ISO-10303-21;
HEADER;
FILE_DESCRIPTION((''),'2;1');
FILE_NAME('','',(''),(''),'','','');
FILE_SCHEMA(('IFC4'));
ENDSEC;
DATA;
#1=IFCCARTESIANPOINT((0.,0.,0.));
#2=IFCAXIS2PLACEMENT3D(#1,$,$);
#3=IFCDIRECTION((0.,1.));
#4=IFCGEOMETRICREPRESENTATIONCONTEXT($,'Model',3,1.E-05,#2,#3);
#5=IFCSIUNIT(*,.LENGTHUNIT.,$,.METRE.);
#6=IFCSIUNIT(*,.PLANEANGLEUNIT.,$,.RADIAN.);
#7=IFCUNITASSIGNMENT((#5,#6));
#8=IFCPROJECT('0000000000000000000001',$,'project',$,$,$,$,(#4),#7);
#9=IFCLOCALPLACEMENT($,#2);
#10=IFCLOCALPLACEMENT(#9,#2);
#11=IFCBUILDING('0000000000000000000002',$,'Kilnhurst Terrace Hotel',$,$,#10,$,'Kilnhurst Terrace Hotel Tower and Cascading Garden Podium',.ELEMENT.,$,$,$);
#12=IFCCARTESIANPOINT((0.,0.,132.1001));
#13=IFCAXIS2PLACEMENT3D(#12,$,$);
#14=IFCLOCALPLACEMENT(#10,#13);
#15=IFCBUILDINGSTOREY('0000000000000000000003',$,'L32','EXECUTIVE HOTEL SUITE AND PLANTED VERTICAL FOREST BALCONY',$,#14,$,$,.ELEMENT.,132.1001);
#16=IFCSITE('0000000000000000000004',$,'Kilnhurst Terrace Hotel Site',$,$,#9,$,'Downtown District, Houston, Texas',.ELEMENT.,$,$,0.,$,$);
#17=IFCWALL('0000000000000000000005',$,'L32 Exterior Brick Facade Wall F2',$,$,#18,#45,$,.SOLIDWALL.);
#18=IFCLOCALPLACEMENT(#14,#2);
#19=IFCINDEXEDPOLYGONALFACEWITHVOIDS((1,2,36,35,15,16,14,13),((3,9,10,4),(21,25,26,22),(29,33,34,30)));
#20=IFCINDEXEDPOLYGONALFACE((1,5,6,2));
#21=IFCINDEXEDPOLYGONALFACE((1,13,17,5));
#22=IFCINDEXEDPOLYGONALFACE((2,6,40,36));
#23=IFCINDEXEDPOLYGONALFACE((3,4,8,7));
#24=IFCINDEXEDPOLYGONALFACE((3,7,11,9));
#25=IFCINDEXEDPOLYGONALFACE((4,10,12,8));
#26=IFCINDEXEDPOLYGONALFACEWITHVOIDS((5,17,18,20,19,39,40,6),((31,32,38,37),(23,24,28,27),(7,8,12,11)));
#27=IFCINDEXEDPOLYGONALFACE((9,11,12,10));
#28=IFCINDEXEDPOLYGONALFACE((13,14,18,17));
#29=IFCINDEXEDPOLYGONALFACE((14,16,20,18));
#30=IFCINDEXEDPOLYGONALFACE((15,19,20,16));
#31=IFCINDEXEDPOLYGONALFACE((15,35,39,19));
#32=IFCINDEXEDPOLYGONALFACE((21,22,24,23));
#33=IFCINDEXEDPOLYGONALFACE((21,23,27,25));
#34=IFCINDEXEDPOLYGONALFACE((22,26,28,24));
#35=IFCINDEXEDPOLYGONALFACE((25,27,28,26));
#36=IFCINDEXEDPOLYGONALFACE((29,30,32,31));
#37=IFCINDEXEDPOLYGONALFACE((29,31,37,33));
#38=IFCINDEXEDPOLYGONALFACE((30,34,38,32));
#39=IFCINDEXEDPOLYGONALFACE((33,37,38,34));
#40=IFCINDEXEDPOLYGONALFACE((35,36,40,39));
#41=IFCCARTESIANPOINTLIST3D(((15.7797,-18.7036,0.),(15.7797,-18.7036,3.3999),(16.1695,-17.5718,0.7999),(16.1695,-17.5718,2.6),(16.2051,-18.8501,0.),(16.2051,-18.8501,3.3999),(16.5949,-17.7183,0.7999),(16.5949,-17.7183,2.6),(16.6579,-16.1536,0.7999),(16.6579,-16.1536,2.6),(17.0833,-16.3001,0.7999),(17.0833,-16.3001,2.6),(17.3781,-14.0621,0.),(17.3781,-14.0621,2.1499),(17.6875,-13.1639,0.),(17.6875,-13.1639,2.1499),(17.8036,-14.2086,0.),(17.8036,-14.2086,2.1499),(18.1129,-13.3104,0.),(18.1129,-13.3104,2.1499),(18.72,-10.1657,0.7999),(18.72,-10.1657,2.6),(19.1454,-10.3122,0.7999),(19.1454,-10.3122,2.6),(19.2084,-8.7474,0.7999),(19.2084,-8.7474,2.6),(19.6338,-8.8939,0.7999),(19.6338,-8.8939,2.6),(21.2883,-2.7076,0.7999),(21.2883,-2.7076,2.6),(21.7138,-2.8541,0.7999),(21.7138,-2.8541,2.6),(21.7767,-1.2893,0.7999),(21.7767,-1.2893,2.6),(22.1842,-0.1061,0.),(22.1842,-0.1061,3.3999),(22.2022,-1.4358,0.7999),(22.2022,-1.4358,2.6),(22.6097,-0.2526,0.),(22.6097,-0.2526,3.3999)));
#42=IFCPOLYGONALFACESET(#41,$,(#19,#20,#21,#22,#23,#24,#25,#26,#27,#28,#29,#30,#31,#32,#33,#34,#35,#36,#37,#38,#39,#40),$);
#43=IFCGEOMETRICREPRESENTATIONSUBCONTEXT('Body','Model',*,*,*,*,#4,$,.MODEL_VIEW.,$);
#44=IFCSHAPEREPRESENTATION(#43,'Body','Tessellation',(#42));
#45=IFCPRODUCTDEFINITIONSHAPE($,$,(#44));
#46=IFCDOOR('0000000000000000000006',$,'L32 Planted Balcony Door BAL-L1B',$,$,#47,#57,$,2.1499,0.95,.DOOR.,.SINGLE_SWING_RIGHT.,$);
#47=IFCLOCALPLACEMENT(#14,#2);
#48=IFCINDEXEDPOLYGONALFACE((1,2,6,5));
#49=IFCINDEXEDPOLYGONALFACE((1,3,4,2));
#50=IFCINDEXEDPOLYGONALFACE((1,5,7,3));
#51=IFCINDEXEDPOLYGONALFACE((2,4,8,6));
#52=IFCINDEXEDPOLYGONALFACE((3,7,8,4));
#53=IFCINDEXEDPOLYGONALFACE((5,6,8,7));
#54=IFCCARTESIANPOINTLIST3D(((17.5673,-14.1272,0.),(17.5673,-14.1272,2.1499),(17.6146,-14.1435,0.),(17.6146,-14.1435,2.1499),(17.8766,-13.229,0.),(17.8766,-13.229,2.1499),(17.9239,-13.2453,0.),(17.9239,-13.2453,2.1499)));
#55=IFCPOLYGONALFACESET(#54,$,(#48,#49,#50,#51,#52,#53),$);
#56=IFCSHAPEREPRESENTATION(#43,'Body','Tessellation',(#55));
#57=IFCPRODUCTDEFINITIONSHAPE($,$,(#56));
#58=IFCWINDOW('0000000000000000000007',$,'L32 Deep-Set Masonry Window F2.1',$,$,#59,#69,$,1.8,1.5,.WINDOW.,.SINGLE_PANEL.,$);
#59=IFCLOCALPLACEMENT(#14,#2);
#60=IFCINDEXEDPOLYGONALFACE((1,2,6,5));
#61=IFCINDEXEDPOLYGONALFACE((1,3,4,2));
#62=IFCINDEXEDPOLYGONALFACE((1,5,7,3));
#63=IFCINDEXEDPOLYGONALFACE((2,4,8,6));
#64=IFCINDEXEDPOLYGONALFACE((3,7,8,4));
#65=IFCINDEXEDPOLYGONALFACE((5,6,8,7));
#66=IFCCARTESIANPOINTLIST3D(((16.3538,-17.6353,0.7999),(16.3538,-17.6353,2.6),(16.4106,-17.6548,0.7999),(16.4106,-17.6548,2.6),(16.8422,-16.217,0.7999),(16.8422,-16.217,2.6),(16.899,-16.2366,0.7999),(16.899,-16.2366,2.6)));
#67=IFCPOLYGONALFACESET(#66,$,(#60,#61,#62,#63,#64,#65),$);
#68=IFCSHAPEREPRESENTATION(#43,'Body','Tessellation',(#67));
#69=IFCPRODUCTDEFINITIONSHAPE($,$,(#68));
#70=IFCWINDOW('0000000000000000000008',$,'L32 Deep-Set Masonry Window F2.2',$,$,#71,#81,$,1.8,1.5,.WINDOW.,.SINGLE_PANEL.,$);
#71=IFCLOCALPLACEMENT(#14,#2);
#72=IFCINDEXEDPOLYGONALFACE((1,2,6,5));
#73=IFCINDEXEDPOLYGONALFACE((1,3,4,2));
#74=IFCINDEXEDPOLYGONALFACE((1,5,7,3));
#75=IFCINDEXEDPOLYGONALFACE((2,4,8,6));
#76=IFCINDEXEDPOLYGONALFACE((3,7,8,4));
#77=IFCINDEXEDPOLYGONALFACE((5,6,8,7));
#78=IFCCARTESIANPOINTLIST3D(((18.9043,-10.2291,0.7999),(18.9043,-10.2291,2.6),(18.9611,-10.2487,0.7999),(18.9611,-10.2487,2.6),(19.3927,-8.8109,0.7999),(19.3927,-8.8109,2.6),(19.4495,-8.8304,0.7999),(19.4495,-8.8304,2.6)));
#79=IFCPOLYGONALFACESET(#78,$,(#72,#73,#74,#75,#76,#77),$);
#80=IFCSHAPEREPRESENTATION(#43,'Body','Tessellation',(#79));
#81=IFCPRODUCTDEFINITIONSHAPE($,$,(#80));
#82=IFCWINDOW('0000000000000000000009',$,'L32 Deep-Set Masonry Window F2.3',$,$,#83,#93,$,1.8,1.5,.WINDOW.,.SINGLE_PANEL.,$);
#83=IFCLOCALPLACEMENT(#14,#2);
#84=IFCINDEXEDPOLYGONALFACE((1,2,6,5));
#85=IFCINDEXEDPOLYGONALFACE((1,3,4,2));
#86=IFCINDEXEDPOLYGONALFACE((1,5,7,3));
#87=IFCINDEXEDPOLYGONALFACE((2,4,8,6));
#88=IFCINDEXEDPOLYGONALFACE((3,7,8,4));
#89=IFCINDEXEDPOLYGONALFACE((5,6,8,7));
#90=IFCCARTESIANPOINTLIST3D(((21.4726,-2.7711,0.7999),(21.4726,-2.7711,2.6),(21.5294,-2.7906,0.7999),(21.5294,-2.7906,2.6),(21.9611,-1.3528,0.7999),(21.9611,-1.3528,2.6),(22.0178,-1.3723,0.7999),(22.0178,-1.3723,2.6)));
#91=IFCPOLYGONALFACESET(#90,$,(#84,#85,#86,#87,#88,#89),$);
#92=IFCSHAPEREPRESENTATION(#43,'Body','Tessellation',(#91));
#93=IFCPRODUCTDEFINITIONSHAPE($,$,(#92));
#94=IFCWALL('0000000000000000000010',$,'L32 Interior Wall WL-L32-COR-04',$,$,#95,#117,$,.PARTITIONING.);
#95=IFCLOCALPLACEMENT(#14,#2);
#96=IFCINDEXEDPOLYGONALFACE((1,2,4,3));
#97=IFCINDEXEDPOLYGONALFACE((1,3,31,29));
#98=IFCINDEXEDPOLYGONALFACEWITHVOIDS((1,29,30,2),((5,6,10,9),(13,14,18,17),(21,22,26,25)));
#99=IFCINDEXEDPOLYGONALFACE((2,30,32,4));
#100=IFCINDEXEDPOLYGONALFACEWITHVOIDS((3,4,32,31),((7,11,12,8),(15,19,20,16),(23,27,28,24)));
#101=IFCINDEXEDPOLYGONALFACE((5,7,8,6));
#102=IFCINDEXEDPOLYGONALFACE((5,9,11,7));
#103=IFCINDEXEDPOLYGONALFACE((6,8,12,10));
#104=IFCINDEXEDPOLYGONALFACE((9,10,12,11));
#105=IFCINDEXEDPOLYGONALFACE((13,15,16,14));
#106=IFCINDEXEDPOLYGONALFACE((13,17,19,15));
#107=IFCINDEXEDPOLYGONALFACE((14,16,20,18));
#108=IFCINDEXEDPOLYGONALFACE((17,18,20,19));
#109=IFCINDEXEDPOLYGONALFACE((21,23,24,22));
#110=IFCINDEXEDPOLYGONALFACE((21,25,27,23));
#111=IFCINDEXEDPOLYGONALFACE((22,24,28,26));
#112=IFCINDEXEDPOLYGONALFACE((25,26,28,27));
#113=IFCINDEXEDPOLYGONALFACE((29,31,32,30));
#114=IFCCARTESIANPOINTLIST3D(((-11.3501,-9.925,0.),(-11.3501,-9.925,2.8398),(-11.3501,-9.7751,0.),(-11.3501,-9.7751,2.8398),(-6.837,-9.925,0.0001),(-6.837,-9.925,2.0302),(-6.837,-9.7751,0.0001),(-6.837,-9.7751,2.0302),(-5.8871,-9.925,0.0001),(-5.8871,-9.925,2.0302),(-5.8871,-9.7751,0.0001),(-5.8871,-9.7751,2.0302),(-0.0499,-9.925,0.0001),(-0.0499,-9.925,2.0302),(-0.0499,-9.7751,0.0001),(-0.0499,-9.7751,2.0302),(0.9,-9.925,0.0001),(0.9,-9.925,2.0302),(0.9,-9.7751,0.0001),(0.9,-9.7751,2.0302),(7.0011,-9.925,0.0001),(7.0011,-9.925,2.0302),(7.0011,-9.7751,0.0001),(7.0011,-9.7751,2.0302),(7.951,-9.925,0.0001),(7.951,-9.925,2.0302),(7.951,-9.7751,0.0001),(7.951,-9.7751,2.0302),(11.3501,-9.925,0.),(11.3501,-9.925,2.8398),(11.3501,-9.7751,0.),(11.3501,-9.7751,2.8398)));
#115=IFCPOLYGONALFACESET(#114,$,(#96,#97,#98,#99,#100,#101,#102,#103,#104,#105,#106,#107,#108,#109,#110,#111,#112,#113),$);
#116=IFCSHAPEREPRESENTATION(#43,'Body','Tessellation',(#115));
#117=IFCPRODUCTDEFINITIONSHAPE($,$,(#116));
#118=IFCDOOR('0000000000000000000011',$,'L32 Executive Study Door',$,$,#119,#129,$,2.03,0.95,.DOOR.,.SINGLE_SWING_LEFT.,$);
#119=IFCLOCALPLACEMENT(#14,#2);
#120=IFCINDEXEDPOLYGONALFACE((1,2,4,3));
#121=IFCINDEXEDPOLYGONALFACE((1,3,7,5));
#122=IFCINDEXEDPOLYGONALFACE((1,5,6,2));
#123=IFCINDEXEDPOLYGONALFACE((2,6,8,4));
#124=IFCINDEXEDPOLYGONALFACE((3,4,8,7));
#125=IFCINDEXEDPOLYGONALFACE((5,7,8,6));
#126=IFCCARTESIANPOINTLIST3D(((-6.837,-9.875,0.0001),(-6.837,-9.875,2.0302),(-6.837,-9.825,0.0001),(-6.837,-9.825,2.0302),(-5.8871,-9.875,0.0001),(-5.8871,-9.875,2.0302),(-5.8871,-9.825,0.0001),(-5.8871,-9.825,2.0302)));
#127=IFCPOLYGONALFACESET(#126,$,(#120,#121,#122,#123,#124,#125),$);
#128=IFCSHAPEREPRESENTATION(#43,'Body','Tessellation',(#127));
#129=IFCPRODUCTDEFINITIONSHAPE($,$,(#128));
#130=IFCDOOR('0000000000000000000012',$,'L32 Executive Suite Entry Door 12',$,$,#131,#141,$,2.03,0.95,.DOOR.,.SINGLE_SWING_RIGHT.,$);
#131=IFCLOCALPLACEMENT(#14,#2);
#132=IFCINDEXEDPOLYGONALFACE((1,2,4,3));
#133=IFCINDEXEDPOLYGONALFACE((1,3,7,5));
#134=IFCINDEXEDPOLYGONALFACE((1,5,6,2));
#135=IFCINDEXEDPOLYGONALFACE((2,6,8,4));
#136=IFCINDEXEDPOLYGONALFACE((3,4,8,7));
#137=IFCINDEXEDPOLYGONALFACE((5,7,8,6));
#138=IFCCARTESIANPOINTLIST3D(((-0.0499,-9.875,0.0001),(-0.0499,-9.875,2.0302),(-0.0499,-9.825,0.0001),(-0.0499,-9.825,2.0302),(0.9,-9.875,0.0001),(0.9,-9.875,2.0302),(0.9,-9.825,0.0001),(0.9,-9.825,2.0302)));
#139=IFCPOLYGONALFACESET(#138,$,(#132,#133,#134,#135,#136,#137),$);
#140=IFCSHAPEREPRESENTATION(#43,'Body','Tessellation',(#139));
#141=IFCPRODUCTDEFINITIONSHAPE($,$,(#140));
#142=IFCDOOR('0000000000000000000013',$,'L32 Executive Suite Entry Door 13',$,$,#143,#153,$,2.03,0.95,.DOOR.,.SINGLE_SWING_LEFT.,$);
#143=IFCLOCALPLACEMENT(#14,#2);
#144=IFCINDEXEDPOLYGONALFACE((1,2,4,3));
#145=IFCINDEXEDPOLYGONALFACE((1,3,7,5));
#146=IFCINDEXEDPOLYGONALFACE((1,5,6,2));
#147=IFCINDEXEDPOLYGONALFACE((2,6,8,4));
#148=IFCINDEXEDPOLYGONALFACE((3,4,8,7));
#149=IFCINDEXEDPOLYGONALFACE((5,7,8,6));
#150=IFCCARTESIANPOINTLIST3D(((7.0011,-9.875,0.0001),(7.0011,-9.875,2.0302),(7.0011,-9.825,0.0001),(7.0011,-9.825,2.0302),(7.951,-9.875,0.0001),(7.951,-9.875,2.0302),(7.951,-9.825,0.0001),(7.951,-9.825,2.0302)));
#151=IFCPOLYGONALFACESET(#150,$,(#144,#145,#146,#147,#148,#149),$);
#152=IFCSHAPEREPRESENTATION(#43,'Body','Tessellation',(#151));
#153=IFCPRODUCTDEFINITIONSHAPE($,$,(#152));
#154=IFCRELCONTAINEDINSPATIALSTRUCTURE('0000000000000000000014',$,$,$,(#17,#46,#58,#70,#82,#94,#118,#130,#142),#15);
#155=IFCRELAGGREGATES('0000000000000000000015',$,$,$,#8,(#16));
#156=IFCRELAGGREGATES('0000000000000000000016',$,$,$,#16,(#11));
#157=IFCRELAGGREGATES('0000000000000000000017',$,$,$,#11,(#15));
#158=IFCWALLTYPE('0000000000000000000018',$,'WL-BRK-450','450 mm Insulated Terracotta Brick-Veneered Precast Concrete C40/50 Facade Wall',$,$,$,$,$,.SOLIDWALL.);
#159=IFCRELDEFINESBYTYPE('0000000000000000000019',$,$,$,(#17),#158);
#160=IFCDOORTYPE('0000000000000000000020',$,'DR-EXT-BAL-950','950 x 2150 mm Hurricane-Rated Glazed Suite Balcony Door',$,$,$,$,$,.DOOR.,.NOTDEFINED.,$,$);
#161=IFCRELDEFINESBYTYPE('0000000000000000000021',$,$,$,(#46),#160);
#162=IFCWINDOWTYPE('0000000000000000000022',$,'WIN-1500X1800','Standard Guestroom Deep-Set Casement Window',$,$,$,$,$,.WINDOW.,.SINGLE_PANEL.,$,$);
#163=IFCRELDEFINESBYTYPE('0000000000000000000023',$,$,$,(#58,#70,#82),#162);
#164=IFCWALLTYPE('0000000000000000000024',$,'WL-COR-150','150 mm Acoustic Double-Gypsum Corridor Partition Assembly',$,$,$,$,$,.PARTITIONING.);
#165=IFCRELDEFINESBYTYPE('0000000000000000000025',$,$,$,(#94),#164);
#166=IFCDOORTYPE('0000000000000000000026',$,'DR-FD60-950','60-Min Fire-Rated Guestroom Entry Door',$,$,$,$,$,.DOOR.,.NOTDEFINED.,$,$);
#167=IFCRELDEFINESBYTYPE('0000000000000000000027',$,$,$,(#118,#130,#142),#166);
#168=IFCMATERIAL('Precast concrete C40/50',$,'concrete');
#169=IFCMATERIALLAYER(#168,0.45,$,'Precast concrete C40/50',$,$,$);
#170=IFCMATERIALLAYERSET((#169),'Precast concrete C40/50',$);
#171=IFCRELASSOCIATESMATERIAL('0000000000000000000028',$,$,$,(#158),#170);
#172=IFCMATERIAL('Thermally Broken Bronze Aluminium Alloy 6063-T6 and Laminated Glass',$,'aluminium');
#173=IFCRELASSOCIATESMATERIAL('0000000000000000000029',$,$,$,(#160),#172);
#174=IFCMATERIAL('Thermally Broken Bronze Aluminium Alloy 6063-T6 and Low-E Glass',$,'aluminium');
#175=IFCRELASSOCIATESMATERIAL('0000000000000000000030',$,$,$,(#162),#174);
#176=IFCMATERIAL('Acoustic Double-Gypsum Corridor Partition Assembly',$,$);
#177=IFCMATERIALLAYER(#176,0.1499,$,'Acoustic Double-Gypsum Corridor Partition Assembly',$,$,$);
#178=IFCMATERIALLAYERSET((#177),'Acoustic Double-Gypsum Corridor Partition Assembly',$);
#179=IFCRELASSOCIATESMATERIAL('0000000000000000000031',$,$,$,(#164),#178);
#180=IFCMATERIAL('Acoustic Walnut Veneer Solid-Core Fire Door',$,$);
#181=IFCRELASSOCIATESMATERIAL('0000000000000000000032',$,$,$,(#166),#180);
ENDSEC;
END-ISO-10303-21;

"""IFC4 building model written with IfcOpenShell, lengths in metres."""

from ifc_helpers import new_model, si_unit, direction, frame, frame_2d, origin, place, context, subcontext, project, spatial, rectangle, extrude, material, layer, layer_set, type_object, element, fill, save


model = new_model("IFC4")

# Units and contexts
model_context = context("Model", 3, precision=1e-05, world=origin(), true_north=direction((0.0, 1.0)))
body_context = subcontext(model_context, "Body", "Model", "MODEL_VIEW")
ifc_project = project(units=[si_unit("LENGTHUNIT", "METRE"), si_unit("PLANEANGLEUNIT", "RADIAN")], contexts=[model_context])

# Site, building, storey
site_placement = place(None, origin())
site = spatial("IfcSite", under=ifc_project, at=site_placement, Name="Kilnhurst Terrace Hotel Site", LongName="Downtown District, Houston, Texas", CompositionType="ELEMENT", RefElevation=0.0)
building_placement = place(site_placement, origin())
building = spatial("IfcBuilding", under=site, at=building_placement, Name="Kilnhurst Terrace Hotel", LongName="Kilnhurst Terrace Hotel Tower and Cascading Garden Podium", CompositionType="ELEMENT")
storey_placement = place(building_placement, frame((0.0, 0.0, 132.1001)))
storey = spatial("IfcBuildingStorey", under=building, at=storey_placement, Name="L32", Description="EXECUTIVE HOTEL SUITE AND PLANTED VERTICAL FOREST BALCONY", CompositionType="ELEMENT", Elevation=132.1001)

# Shared definitions
ifc_material_1 = material(Name="Precast concrete C40/50", Category="concrete")
ifc_layer_1 = layer(ifc_material_1, 0.45, Name="Precast concrete C40/50")
ifc_layer_set_1 = layer_set([ifc_layer_1], Name="Precast concrete C40/50")
wall_type_1 = type_object("IfcWallType", Name="WL-BRK-450", Description="450 mm Insulated Terracotta Brick-Veneered Precast Concrete C40/50 Facade Wall", PredefinedType="SOLIDWALL", material=ifc_layer_set_1)

# Wall, openings, door, windows
wall_1_placement = place(storey_placement, frame((15.9924, -18.7769, 0.0), z_axis=(0.0, 0.0, 1.0), x_axis=(0.325607, 0.945505, 0.0)))
wall_1 = element("IfcWall", 1, at=wall_1_placement, inside=storey, type_object=wall_type_1, Name="L32 Exterior Brick Facade Wall F2", PredefinedType="SOLIDWALL", context=body_context, shape_type="SweptSolid", body=[
    extrude(rectangle(XDim=19.6694, YDim=0.45, at=frame_2d((9.8347, 0.0))), origin(), (0.0, 0.0, 1.0), 3.3999),
])
opening_1_placement = place(wall_1_placement, frame((4.9089, 0.0, 0.0)))
opening_1 = element("IfcOpeningElement", 2, at=opening_1_placement, cuts=wall_1, PredefinedType="OPENING", context=body_context, shape_type="SweptSolid", body=[
    extrude(rectangle(XDim=0.95, YDim=2.1499, at=frame_2d((0.4751, 1.075))), frame((0.0, 0.2349, 0.0), z_axis=(0.0, -1.0, 0.0), x_axis=(1.0, 0.0, 0.0)), (0.0, 0.0, 1.0), 0.47),
])
opening_2_placement = place(wall_1_placement, frame((1.197, 0.0, 0.8)))
opening_2 = element("IfcOpeningElement", 3, at=opening_2_placement, cuts=wall_1, PredefinedType="OPENING", context=body_context, shape_type="SweptSolid", body=[
    extrude(rectangle(XDim=1.5, YDim=1.8, at=frame_2d((0.75, 0.8999))), frame((0.0, 0.2349, 0.0), z_axis=(0.0, -1.0, 0.0), x_axis=(1.0, 0.0, 0.0)), (0.0, 0.0, 1.0), 0.47),
])
opening_3_placement = place(wall_1_placement, frame((9.03, 0.0, 0.8)))
opening_3 = element("IfcOpeningElement", 4, at=opening_3_placement, cuts=wall_1, PredefinedType="OPENING", context=body_context, shape_type="SweptSolid", body=[
    extrude(rectangle(XDim=1.5, YDim=1.8, at=frame_2d((0.75, 0.8999))), frame((0.0, 0.2349, 0.0), z_axis=(0.0, -1.0, 0.0), x_axis=(1.0, 0.0, 0.0)), (0.0, 0.0, 1.0), 0.47),
])
opening_4_placement = place(wall_1_placement, frame((16.918, 0.0, 0.8)))
opening_4 = element("IfcOpeningElement", 5, at=opening_4_placement, cuts=wall_1, PredefinedType="OPENING", context=body_context, shape_type="SweptSolid", body=[
    extrude(rectangle(XDim=1.5, YDim=1.8, at=frame_2d((0.75, 0.8999))), frame((0.0, 0.2349, 0.0), z_axis=(0.0, -1.0, 0.0), x_axis=(1.0, 0.0, 0.0)), (0.0, 0.0, 1.0), 0.47),
])
ifc_material_2 = material(Name="Thermally Broken Bronze Aluminium Alloy 6063-T6 and Laminated Glass", Category="aluminium")
door_type_1 = type_object("IfcDoorType", Name="DR-EXT-BAL-950", Description="950 x 2150 mm Hurricane-Rated Glazed Suite Balcony Door", OperationType="NOTDEFINED", PredefinedType="DOOR", material=ifc_material_2)
door_1_placement = place(opening_1_placement, origin())
door_1 = element("IfcDoor", 6, at=door_1_placement, inside=storey, type_object=door_type_1, Name="L32 Planted Balcony Door BAL-L1B", OperationType="SINGLE_SWING_RIGHT", OverallHeight=2.1499, OverallWidth=0.95, PredefinedType="DOOR", context=body_context, shape_type="SweptSolid", body=[
    extrude(rectangle(XDim=0.95, YDim=2.1499, at=frame_2d((0.4751, 1.075))), frame((0.0, 0.0249, 0.0), z_axis=(0.0, -1.0, 0.0), x_axis=(1.0, 0.0, 0.0)), (0.0, 0.0, 1.0), 0.05),
])
fill(opening_1, door_1)
ifc_material_3 = material(Name="Thermally Broken Bronze Aluminium Alloy 6063-T6 and Low-E Glass", Category="aluminium")
window_type = type_object("IfcWindowType", Name="WIN-1500X1800", Description="Standard Guestroom Deep-Set Casement Window", PartitioningType="SINGLE_PANEL", PredefinedType="WINDOW", material=ifc_material_3)
window_1_placement = place(opening_2_placement, origin())
window_1 = element("IfcWindow", 7, at=window_1_placement, inside=storey, type_object=window_type, Name="L32 Deep-Set Masonry Window F2.1", OverallHeight=1.8, OverallWidth=1.5, PartitioningType="SINGLE_PANEL", PredefinedType="WINDOW", context=body_context, shape_type="SweptSolid", body=[
    extrude(rectangle(XDim=1.5, YDim=1.8, at=frame_2d((0.75, 0.8999))), frame((0.0, 0.03, 0.0), z_axis=(0.0, -1.0, 0.0), x_axis=(1.0, 0.0, 0.0)), (0.0, 0.0, 1.0), 0.0601),
])
fill(opening_2, window_1)
window_2_placement = place(opening_3_placement, origin())
window_2 = element("IfcWindow", 8, at=window_2_placement, inside=storey, type_object=window_type, Name="L32 Deep-Set Masonry Window F2.2", OverallHeight=1.8, OverallWidth=1.5, PartitioningType="SINGLE_PANEL", PredefinedType="WINDOW", context=body_context, shape_type="SweptSolid", body=[
    extrude(rectangle(XDim=1.5, YDim=1.8, at=frame_2d((0.75, 0.8999))), frame((0.0, 0.03, 0.0), z_axis=(0.0, -1.0, 0.0), x_axis=(1.0, 0.0, 0.0)), (0.0, 0.0, 1.0), 0.0601),
])
fill(opening_3, window_2)
window_3_placement = place(opening_4_placement, origin())
window_3 = element("IfcWindow", 9, at=window_3_placement, inside=storey, type_object=window_type, Name="L32 Deep-Set Masonry Window F2.3", OverallHeight=1.8, OverallWidth=1.5, PartitioningType="SINGLE_PANEL", PredefinedType="WINDOW", context=body_context, shape_type="SweptSolid", body=[
    extrude(rectangle(XDim=1.5, YDim=1.8, at=frame_2d((0.75, 0.8999))), frame((0.0, 0.03, 0.0), z_axis=(0.0, -1.0, 0.0), x_axis=(1.0, 0.0, 0.0)), (0.0, 0.0, 1.0), 0.0601),
])
fill(opening_4, window_3)

# Wall, openings, doors
ifc_material_4 = material(Name="Acoustic Double-Gypsum Corridor Partition Assembly")
ifc_layer_2 = layer(ifc_material_4, 0.1499, Name="Acoustic Double-Gypsum Corridor Partition Assembly")
ifc_layer_set_2 = layer_set([ifc_layer_2], Name="Acoustic Double-Gypsum Corridor Partition Assembly")
wall_type_2 = type_object("IfcWallType", Name="WL-COR-150", Description="150 mm Acoustic Double-Gypsum Corridor Partition Assembly", PredefinedType="PARTITIONING", material=ifc_layer_set_2)
wall_2_placement = place(storey_placement, frame((11.3501, -9.8501, 0.0), z_axis=(0.0, 0.0, 1.0), x_axis=(-1.0, 0.0, 0.0)))
wall_2 = element("IfcWall", 10, at=wall_2_placement, inside=storey, type_object=wall_type_2, Name="L32 Interior Wall WL-L32-COR-04", PredefinedType="PARTITIONING", context=body_context, shape_type="SweptSolid", body=[
    extrude(rectangle(XDim=22.7002, YDim=0.1499, at=frame_2d((11.3501, 0.0))), origin(), (0.0, 0.0, 1.0), 2.8398),
])
opening_5_placement = place(wall_2_placement, frame((17.2371, 0.0, 0.0)))
opening_5 = element("IfcOpeningElement", 11, at=opening_5_placement, cuts=wall_2, PredefinedType="OPENING", context=body_context, shape_type="SweptSolid", body=[
    extrude(rectangle(XDim=0.95, YDim=2.03, at=frame_2d((0.4751, 1.0151))), frame((0.0, 0.085, 0.0), z_axis=(0.0, -1.0, 0.0), x_axis=(1.0, 0.0, 0.0)), (0.0, 0.0, 1.0), 0.1699),
])
opening_6_placement = place(wall_2_placement, frame((10.45, 0.0, 0.0)))
opening_6 = element("IfcOpeningElement", 12, at=opening_6_placement, cuts=wall_2, PredefinedType="OPENING", context=body_context, shape_type="SweptSolid", body=[
    extrude(rectangle(XDim=0.95, YDim=2.03, at=frame_2d((0.4751, 1.0151))), frame((0.0, 0.085, 0.0), z_axis=(0.0, -1.0, 0.0), x_axis=(1.0, 0.0, 0.0)), (0.0, 0.0, 1.0), 0.1699),
])
opening_7_placement = place(wall_2_placement, frame((3.3989, 0.0, 0.0)))
opening_7 = element("IfcOpeningElement", 13, at=opening_7_placement, cuts=wall_2, PredefinedType="OPENING", context=body_context, shape_type="SweptSolid", body=[
    extrude(rectangle(XDim=0.95, YDim=2.03, at=frame_2d((0.4751, 1.0151))), frame((0.0, 0.085, 0.0), z_axis=(0.0, -1.0, 0.0), x_axis=(1.0, 0.0, 0.0)), (0.0, 0.0, 1.0), 0.1699),
])
ifc_material_5 = material(Name="Acoustic Walnut Veneer Solid-Core Fire Door")
door_type_2 = type_object("IfcDoorType", Name="DR-FD60-950", Description="60-Min Fire-Rated Guestroom Entry Door", OperationType="NOTDEFINED", PredefinedType="DOOR", material=ifc_material_5)
door_2_placement = place(opening_5_placement, origin())
door_2 = element("IfcDoor", 14, at=door_2_placement, inside=storey, type_object=door_type_2, Name="L32 Executive Study Door", OperationType="SINGLE_SWING_LEFT", OverallHeight=2.03, OverallWidth=0.95, PredefinedType="DOOR", context=body_context, shape_type="SweptSolid", body=[
    extrude(rectangle(XDim=0.95, YDim=2.03, at=frame_2d((0.4751, 1.0151))), frame((0.0, 0.0249, 0.0), z_axis=(0.0, -1.0, 0.0), x_axis=(1.0, 0.0, 0.0)), (0.0, 0.0, 1.0), 0.05),
])
fill(opening_5, door_2)
door_3_placement = place(opening_6_placement, origin())
door_3 = element("IfcDoor", 15, at=door_3_placement, inside=storey, type_object=door_type_2, Name="L32 Executive Suite Entry Door 12", OperationType="SINGLE_SWING_RIGHT", OverallHeight=2.03, OverallWidth=0.95, PredefinedType="DOOR", context=body_context, shape_type="SweptSolid", body=[
    extrude(rectangle(XDim=0.95, YDim=2.03, at=frame_2d((0.4751, 1.0151))), frame((0.0, 0.0249, 0.0), z_axis=(0.0, -1.0, 0.0), x_axis=(1.0, 0.0, 0.0)), (0.0, 0.0, 1.0), 0.05),
])
fill(opening_6, door_3)
door_4_placement = place(opening_7_placement, origin())
door_4 = element("IfcDoor", 16, at=door_4_placement, inside=storey, type_object=door_type_2, Name="L32 Executive Suite Entry Door 13", OperationType="SINGLE_SWING_LEFT", OverallHeight=2.03, OverallWidth=0.95, PredefinedType="DOOR", context=body_context, shape_type="SweptSolid", body=[
    extrude(rectangle(XDim=0.95, YDim=2.03, at=frame_2d((0.4751, 1.0151))), frame((0.0, 0.0249, 0.0), z_axis=(0.0, -1.0, 0.0), x_axis=(1.0, 0.0, 0.0)), (0.0, 0.0, 1.0), 0.05),
])
fill(opening_7, door_4)

save(model, "model.ifc")
